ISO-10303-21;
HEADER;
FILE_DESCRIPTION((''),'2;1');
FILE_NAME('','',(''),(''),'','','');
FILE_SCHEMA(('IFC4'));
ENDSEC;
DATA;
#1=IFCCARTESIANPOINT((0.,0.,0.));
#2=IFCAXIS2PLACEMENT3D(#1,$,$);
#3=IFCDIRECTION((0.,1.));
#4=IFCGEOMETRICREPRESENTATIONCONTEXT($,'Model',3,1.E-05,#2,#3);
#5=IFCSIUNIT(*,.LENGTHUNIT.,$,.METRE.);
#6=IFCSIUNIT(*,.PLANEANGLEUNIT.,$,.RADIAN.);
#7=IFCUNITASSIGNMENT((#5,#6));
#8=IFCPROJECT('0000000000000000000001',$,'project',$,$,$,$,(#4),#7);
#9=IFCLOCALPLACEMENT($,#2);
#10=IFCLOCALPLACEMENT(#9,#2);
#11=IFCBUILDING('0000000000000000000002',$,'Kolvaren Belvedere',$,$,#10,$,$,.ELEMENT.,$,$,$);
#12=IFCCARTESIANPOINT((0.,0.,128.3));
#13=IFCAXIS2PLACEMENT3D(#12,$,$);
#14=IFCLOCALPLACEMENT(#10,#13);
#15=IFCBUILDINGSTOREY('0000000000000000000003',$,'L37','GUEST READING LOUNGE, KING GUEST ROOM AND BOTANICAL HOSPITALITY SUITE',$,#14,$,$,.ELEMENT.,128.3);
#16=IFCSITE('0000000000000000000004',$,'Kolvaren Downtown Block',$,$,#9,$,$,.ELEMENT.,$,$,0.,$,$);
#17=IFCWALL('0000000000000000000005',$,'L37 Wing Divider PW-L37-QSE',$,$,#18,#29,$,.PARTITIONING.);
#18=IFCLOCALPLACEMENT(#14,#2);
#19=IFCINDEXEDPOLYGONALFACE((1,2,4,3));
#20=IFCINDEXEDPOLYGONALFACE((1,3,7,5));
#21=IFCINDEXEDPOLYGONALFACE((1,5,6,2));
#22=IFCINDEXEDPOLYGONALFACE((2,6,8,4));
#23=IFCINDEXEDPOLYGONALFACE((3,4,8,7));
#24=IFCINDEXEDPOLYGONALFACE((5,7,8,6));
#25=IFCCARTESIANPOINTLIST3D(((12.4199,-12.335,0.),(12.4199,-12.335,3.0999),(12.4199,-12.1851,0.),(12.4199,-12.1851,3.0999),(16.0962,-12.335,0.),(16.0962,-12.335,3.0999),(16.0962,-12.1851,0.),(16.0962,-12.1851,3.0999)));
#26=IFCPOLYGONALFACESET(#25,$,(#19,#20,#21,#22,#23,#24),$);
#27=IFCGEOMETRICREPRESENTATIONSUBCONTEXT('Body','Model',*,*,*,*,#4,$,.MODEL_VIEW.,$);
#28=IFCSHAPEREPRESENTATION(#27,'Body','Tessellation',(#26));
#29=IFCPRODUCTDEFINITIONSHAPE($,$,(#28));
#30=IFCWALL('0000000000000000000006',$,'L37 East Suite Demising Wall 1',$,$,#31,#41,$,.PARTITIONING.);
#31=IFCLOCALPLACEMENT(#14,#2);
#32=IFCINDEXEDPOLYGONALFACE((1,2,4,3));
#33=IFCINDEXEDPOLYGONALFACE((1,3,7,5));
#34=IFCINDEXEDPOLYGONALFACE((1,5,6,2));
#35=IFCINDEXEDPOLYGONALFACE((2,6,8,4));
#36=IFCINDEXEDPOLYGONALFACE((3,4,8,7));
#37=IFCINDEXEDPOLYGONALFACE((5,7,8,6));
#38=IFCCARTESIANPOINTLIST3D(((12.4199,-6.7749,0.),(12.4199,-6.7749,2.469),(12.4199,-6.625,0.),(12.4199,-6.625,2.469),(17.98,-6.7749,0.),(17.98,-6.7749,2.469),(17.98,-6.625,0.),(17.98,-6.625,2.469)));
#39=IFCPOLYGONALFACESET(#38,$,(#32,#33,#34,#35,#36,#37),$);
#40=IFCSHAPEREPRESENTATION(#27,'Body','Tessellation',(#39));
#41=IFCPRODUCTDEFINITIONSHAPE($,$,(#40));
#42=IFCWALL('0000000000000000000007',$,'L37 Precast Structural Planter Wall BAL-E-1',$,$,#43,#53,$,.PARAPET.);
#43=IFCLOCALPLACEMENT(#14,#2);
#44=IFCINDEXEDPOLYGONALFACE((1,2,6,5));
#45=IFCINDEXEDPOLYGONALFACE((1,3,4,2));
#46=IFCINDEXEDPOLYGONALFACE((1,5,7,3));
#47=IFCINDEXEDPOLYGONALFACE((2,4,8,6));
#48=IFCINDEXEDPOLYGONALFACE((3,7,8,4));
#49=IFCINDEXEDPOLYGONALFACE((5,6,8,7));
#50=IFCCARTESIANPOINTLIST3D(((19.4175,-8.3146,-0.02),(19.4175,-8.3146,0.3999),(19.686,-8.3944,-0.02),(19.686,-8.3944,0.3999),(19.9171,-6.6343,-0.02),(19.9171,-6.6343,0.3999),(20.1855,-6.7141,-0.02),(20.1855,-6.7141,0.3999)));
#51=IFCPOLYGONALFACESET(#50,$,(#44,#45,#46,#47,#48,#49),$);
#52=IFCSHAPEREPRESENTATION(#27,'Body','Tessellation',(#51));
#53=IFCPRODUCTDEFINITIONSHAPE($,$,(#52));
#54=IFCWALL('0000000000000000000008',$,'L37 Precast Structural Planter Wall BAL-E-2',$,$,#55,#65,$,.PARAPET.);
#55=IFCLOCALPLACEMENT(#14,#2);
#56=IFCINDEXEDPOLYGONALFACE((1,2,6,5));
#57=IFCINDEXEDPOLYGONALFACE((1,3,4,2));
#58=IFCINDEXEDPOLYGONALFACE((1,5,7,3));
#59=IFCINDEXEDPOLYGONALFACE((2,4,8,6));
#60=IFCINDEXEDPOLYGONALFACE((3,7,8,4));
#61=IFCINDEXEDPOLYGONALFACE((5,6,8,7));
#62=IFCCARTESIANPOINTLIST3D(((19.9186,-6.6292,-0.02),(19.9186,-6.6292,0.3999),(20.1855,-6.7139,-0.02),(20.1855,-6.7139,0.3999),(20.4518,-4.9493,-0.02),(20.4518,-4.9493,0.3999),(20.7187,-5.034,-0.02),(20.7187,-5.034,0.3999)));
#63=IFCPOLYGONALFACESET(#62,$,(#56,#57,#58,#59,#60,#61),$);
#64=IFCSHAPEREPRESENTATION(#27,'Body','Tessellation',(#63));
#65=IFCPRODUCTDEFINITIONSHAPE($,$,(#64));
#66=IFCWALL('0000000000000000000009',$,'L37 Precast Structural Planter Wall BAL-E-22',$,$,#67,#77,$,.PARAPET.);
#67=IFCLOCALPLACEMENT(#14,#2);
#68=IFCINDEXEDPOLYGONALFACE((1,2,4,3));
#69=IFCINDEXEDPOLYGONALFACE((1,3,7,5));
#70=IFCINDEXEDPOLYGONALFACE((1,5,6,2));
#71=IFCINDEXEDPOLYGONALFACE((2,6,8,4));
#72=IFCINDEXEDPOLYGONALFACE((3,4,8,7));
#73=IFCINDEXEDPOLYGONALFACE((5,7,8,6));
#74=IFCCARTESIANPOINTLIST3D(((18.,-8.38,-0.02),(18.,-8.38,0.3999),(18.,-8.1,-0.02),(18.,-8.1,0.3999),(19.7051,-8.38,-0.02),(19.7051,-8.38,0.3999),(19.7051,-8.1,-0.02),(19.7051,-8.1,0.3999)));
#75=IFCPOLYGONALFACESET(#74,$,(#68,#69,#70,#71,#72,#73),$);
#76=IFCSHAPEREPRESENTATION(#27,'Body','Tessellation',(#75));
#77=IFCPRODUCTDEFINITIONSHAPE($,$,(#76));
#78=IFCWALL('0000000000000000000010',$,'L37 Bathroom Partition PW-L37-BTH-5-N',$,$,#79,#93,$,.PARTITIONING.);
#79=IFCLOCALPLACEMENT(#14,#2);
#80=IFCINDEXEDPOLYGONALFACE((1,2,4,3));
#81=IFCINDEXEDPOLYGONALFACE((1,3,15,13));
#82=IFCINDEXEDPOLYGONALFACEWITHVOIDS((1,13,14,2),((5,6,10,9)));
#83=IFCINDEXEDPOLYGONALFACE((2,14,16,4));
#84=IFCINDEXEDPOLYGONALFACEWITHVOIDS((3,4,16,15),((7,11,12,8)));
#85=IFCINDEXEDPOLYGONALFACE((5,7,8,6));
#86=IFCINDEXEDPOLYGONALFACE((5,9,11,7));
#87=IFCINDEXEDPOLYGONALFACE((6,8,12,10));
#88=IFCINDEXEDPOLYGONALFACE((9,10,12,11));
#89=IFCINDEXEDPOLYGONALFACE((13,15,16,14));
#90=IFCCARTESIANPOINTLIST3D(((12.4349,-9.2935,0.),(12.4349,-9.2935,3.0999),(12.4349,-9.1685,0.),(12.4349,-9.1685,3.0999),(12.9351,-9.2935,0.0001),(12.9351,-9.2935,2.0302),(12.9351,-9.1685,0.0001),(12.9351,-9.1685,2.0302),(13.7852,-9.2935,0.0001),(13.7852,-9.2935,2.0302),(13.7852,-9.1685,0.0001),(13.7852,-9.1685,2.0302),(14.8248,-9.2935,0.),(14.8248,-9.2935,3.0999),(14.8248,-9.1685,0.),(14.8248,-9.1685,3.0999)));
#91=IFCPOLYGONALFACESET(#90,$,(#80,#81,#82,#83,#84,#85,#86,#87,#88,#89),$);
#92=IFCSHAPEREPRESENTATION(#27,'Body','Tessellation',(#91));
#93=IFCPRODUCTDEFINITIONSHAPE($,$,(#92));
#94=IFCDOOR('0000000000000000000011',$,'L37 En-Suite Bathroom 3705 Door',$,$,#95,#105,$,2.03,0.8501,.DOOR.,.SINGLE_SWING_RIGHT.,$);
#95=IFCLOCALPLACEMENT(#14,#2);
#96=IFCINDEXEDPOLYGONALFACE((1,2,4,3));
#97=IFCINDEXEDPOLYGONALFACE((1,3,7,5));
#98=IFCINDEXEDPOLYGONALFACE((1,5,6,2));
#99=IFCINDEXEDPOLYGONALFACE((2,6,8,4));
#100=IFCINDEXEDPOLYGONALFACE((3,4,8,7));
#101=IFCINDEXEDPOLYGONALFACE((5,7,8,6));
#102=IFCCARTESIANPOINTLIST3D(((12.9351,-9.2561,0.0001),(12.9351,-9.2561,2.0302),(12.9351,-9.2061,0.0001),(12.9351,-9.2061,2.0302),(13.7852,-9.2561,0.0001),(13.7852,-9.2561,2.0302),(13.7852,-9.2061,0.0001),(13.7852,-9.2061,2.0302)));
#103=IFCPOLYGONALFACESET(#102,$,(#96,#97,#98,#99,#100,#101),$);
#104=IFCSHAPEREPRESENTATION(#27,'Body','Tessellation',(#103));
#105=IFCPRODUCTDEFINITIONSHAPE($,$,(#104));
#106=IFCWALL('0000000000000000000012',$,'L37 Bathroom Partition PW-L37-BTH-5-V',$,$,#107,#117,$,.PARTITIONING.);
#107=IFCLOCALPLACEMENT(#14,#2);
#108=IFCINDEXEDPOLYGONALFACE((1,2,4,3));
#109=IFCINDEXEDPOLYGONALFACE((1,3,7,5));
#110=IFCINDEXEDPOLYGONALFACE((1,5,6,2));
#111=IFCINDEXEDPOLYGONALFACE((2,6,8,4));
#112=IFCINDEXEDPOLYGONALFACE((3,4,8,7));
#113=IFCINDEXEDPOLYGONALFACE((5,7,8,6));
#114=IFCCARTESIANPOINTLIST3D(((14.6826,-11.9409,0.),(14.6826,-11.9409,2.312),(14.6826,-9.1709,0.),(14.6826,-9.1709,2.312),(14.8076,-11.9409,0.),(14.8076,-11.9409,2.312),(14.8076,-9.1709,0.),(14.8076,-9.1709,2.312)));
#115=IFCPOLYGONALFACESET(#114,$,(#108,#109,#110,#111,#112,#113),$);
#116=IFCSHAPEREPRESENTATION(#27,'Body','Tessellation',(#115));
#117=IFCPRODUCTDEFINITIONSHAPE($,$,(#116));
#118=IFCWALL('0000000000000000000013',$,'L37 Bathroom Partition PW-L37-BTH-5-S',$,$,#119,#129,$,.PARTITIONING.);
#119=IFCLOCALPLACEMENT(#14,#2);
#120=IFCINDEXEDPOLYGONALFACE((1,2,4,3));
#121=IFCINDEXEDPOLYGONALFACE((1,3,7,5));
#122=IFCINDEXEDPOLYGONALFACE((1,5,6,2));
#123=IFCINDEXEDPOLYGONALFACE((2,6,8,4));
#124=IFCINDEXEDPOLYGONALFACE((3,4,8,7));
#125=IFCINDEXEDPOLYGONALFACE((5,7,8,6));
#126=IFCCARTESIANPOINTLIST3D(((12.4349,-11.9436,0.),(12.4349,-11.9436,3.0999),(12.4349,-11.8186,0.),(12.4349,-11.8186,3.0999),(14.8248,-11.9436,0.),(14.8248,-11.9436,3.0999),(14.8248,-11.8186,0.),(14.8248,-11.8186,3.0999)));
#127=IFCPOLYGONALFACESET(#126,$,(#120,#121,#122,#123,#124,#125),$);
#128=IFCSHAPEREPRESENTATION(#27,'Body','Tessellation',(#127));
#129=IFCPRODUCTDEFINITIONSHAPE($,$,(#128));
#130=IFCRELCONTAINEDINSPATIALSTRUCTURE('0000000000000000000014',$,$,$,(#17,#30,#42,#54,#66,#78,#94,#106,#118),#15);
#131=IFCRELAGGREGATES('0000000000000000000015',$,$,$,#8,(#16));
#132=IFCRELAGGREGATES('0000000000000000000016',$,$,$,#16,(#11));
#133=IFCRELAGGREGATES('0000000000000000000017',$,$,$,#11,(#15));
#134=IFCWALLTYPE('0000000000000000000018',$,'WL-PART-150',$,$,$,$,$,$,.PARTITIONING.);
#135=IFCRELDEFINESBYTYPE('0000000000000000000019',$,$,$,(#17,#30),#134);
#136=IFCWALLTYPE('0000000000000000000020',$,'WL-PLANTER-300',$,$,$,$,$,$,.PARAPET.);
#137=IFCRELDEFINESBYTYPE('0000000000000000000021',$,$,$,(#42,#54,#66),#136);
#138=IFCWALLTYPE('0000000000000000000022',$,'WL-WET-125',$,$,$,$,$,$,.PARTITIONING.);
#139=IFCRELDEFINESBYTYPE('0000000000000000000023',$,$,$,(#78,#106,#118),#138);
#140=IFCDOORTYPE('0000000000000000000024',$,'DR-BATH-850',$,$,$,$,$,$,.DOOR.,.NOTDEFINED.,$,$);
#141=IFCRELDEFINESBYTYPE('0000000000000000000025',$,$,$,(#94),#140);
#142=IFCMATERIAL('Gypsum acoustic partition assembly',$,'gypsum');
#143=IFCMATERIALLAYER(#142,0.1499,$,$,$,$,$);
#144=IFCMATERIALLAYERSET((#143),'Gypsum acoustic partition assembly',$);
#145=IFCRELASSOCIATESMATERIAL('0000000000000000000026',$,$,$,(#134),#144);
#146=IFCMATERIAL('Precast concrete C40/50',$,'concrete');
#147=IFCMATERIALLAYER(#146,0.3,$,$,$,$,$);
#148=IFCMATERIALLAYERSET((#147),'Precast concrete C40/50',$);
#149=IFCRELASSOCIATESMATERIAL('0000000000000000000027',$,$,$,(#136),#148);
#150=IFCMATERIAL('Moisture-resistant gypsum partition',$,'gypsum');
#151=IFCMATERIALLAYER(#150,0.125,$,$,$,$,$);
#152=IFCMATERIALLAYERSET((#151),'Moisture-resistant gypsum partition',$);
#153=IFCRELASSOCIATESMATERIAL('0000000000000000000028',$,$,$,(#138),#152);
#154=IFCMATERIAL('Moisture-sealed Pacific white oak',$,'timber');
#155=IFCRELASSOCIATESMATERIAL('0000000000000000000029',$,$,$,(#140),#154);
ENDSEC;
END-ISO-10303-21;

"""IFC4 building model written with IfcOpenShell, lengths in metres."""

from ifc_helpers import new_model, si_unit, direction, frame, frame_2d, origin, place, context, subcontext, project, spatial, rectangle, extrude, material, layer, layer_set, type_object, element, fill, save


model = new_model("IFC4")

# Units and contexts
model_context = context("Model", 3, precision=1e-05, world=origin(), true_north=direction((0.0, 1.0)))
body_context = subcontext(model_context, "Body", "Model", "MODEL_VIEW")
ifc_project = project(units=[si_unit("LENGTHUNIT", "METRE"), si_unit("PLANEANGLEUNIT", "RADIAN")], contexts=[model_context])

# Site, building, storey
site_placement = place(None, origin())
site = spatial("IfcSite", under=ifc_project, at=site_placement, Name="Kolvaren Downtown Block", CompositionType="ELEMENT", RefElevation=0.0)
building_placement = place(site_placement, origin())
building = spatial("IfcBuilding", under=site, at=building_placement, Name="Kolvaren Belvedere", CompositionType="ELEMENT")
storey_placement = place(building_placement, frame((0.0, 0.0, 128.3)))
storey = spatial("IfcBuildingStorey", under=building, at=storey_placement, Name="L37", Description="GUEST READING LOUNGE, KING GUEST ROOM AND BOTANICAL HOSPITALITY SUITE", CompositionType="ELEMENT", Elevation=128.3)

# Walls
ifc_material_1 = material(Name="Gypsum acoustic partition assembly", Category="gypsum")
ifc_layer_1 = layer(ifc_material_1, 0.1499)
ifc_layer_set_1 = layer_set([ifc_layer_1], Name="Gypsum acoustic partition assembly")
wall_type_1 = type_object("IfcWallType", Name="WL-PART-150", PredefinedType="PARTITIONING", material=ifc_layer_set_1)
wall_1_placement = place(storey_placement, frame((12.4199, -12.26, 0.0), z_axis=(0.0, 0.0, 1.0), x_axis=(1.0, 0.0, 0.0)))
element("IfcWall", 1, at=wall_1_placement, inside=storey, type_object=wall_type_1, Name="L37 Wing Divider PW-L37-QSE", PredefinedType="PARTITIONING", context=body_context, shape_type="SweptSolid", body=[
    extrude(rectangle(XDim=3.6763, YDim=0.1499, at=frame_2d((1.8381, 0.0))), origin(), (0.0, 0.0, 1.0), 3.0999),
])
wall_2_placement = place(storey_placement, frame((12.4199, -6.7, 0.0), z_axis=(0.0, 0.0, 1.0), x_axis=(1.0, 0.0, 0.0)))
element("IfcWall", 2, at=wall_2_placement, inside=storey, type_object=wall_type_1, Name="L37 East Suite Demising Wall 1", PredefinedType="PARTITIONING", context=body_context, shape_type="SweptSolid", body=[
    extrude(rectangle(XDim=5.5601, YDim=0.1499, at=frame_2d((2.78, 0.0))), origin(), (0.0, 0.0, 1.0), 2.469),
])
ifc_material_2 = material(Name="Precast concrete C40/50", Category="concrete")
ifc_layer_2 = layer(ifc_material_2, 0.3)
ifc_layer_set_2 = layer_set([ifc_layer_2], Name="Precast concrete C40/50")
wall_type_2 = type_object("IfcWallType", Name="WL-PLANTER-300", PredefinedType="PARAPET", material=ifc_layer_set_2)
wall_3_placement = place(storey_placement, frame((19.5518, -8.3545, -0.02), z_axis=(0.0, 0.0, 1.0), x_axis=(0.28497, 0.958536, 0.0)))
element("IfcWall", 3, at=wall_3_placement, inside=storey, type_object=wall_type_2, Name="L37 Precast Structural Planter Wall BAL-E-1", PredefinedType="PARAPET", context=body_context, shape_type="SweptSolid", body=[
    extrude(rectangle(XDim=1.7529, YDim=0.28, at=frame_2d((0.8765, 0.0))), origin(), (0.0, 0.0, 1.0), 0.4199),
])
wall_4_placement = place(storey_placement, frame((20.052, -6.6716, -0.02), z_axis=(0.0, 0.0, 1.0), x_axis=(0.302523, 0.953142, 0.0)))
element("IfcWall", 4, at=wall_4_placement, inside=storey, type_object=wall_type_2, Name="L37 Precast Structural Planter Wall BAL-E-2", PredefinedType="PARAPET", context=body_context, shape_type="SweptSolid", body=[
    extrude(rectangle(XDim=1.7625, YDim=0.28, at=frame_2d((0.8813, 0.0))), origin(), (0.0, 0.0, 1.0), 0.4199),
])
wall_5_placement = place(storey_placement, frame((18.0, -8.24, -0.02), z_axis=(0.0, 0.0, 1.0), x_axis=(1.0, 0.0, 0.0)))
element("IfcWall", 5, at=wall_5_placement, inside=storey, type_object=wall_type_2, Name="L37 Precast Structural Planter Wall BAL-E-22", PredefinedType="PARAPET", context=body_context, shape_type="SweptSolid", body=[
    extrude(rectangle(XDim=1.7051, YDim=0.28, at=frame_2d((0.8525, 0.0))), origin(), (0.0, 0.0, 1.0), 0.4199),
])

# Wall, opening, door
ifc_material_3 = material(Name="Moisture-resistant gypsum partition", Category="gypsum")
ifc_layer_3 = layer(ifc_material_3, 0.125)
ifc_layer_set_3 = layer_set([ifc_layer_3], Name="Moisture-resistant gypsum partition")
wall_type_3 = type_object("IfcWallType", Name="WL-WET-125", PredefinedType="PARTITIONING", material=ifc_layer_set_3)
wall_6_placement = place(storey_placement, frame((12.4351, -9.231, 0.0), z_axis=(0.0, 0.0, 1.0), x_axis=(1.0, 0.0, 0.0)))
wall_6 = element("IfcWall", 6, at=wall_6_placement, inside=storey, type_object=wall_type_3, Name="L37 Bathroom Partition PW-L37-BTH-5-N", PredefinedType="PARTITIONING", context=body_context, shape_type="SweptSolid", body=[
    extrude(rectangle(XDim=2.3899, YDim=0.125, at=frame_2d((1.1948, 0.0))), origin(), (0.0, 0.0, 1.0), 3.0999),
])
opening_1_placement = place(wall_6_placement, frame((0.5, 0.0, 0.0)))
opening_1 = element("IfcOpeningElement", 7, at=opening_1_placement, cuts=wall_6, PredefinedType="OPENING", context=body_context, shape_type="SweptSolid", body=[
    extrude(rectangle(XDim=0.8501, YDim=2.03, at=frame_2d((0.425, 1.0151))), frame((0.0, 0.0725, 0.0), z_axis=(0.0, -1.0, 0.0), x_axis=(1.0, 0.0, 0.0)), (0.0, 0.0, 1.0), 0.145),
])
ifc_material_4 = material(Name="Moisture-sealed Pacific white oak", Category="timber")
door_type_1 = type_object("IfcDoorType", Name="DR-BATH-850", OperationType="NOTDEFINED", PredefinedType="DOOR", material=ifc_material_4)
door_1_placement = place(opening_1_placement, origin())
door_1 = element("IfcDoor", 8, at=door_1_placement, inside=storey, type_object=door_type_1, Name="L37 En-Suite Bathroom 3705 Door", OperationType="SINGLE_SWING_RIGHT", OverallHeight=2.03, OverallWidth=0.8501, PredefinedType="DOOR", context=body_context, shape_type="SweptSolid", body=[
    extrude(rectangle(XDim=0.8501, YDim=2.03, at=frame_2d((0.425, 1.0151))), frame((0.0, 0.0249, 0.0), z_axis=(0.0, -1.0, 0.0), x_axis=(1.0, 0.0, 0.0)), (0.0, 0.0, 1.0), 0.05),
])
fill(opening_1, door_1)

# Walls
wall_7_placement = place(storey_placement, frame((14.7451, -11.9409, 0.0), z_axis=(0.0, 0.0, 1.0), x_axis=(0.0, 1.0, 0.0)))
element("IfcWall", 9, at=wall_7_placement, inside=storey, type_object=wall_type_3, Name="L37 Bathroom Partition PW-L37-BTH-5-V", PredefinedType="PARTITIONING", context=body_context, shape_type="SweptSolid", body=[
    extrude(rectangle(XDim=2.77, YDim=0.125, at=frame_2d((1.385, 0.0))), origin(), (0.0, 0.0, 1.0), 2.312),
])
wall_8_placement = place(storey_placement, frame((12.4351, -11.8811, 0.0), z_axis=(0.0, 0.0, 1.0), x_axis=(1.0, 0.0, 0.0)))
element("IfcWall", 10, at=wall_8_placement, inside=storey, type_object=wall_type_3, Name="L37 Bathroom Partition PW-L37-BTH-5-S", PredefinedType="PARTITIONING", context=body_context, shape_type="SweptSolid", body=[
    extrude(rectangle(XDim=2.3899, YDim=0.125, at=frame_2d((1.1948, 0.0))), origin(), (0.0, 0.0, 1.0), 3.0999),
])

save(model, "model.ifc")
